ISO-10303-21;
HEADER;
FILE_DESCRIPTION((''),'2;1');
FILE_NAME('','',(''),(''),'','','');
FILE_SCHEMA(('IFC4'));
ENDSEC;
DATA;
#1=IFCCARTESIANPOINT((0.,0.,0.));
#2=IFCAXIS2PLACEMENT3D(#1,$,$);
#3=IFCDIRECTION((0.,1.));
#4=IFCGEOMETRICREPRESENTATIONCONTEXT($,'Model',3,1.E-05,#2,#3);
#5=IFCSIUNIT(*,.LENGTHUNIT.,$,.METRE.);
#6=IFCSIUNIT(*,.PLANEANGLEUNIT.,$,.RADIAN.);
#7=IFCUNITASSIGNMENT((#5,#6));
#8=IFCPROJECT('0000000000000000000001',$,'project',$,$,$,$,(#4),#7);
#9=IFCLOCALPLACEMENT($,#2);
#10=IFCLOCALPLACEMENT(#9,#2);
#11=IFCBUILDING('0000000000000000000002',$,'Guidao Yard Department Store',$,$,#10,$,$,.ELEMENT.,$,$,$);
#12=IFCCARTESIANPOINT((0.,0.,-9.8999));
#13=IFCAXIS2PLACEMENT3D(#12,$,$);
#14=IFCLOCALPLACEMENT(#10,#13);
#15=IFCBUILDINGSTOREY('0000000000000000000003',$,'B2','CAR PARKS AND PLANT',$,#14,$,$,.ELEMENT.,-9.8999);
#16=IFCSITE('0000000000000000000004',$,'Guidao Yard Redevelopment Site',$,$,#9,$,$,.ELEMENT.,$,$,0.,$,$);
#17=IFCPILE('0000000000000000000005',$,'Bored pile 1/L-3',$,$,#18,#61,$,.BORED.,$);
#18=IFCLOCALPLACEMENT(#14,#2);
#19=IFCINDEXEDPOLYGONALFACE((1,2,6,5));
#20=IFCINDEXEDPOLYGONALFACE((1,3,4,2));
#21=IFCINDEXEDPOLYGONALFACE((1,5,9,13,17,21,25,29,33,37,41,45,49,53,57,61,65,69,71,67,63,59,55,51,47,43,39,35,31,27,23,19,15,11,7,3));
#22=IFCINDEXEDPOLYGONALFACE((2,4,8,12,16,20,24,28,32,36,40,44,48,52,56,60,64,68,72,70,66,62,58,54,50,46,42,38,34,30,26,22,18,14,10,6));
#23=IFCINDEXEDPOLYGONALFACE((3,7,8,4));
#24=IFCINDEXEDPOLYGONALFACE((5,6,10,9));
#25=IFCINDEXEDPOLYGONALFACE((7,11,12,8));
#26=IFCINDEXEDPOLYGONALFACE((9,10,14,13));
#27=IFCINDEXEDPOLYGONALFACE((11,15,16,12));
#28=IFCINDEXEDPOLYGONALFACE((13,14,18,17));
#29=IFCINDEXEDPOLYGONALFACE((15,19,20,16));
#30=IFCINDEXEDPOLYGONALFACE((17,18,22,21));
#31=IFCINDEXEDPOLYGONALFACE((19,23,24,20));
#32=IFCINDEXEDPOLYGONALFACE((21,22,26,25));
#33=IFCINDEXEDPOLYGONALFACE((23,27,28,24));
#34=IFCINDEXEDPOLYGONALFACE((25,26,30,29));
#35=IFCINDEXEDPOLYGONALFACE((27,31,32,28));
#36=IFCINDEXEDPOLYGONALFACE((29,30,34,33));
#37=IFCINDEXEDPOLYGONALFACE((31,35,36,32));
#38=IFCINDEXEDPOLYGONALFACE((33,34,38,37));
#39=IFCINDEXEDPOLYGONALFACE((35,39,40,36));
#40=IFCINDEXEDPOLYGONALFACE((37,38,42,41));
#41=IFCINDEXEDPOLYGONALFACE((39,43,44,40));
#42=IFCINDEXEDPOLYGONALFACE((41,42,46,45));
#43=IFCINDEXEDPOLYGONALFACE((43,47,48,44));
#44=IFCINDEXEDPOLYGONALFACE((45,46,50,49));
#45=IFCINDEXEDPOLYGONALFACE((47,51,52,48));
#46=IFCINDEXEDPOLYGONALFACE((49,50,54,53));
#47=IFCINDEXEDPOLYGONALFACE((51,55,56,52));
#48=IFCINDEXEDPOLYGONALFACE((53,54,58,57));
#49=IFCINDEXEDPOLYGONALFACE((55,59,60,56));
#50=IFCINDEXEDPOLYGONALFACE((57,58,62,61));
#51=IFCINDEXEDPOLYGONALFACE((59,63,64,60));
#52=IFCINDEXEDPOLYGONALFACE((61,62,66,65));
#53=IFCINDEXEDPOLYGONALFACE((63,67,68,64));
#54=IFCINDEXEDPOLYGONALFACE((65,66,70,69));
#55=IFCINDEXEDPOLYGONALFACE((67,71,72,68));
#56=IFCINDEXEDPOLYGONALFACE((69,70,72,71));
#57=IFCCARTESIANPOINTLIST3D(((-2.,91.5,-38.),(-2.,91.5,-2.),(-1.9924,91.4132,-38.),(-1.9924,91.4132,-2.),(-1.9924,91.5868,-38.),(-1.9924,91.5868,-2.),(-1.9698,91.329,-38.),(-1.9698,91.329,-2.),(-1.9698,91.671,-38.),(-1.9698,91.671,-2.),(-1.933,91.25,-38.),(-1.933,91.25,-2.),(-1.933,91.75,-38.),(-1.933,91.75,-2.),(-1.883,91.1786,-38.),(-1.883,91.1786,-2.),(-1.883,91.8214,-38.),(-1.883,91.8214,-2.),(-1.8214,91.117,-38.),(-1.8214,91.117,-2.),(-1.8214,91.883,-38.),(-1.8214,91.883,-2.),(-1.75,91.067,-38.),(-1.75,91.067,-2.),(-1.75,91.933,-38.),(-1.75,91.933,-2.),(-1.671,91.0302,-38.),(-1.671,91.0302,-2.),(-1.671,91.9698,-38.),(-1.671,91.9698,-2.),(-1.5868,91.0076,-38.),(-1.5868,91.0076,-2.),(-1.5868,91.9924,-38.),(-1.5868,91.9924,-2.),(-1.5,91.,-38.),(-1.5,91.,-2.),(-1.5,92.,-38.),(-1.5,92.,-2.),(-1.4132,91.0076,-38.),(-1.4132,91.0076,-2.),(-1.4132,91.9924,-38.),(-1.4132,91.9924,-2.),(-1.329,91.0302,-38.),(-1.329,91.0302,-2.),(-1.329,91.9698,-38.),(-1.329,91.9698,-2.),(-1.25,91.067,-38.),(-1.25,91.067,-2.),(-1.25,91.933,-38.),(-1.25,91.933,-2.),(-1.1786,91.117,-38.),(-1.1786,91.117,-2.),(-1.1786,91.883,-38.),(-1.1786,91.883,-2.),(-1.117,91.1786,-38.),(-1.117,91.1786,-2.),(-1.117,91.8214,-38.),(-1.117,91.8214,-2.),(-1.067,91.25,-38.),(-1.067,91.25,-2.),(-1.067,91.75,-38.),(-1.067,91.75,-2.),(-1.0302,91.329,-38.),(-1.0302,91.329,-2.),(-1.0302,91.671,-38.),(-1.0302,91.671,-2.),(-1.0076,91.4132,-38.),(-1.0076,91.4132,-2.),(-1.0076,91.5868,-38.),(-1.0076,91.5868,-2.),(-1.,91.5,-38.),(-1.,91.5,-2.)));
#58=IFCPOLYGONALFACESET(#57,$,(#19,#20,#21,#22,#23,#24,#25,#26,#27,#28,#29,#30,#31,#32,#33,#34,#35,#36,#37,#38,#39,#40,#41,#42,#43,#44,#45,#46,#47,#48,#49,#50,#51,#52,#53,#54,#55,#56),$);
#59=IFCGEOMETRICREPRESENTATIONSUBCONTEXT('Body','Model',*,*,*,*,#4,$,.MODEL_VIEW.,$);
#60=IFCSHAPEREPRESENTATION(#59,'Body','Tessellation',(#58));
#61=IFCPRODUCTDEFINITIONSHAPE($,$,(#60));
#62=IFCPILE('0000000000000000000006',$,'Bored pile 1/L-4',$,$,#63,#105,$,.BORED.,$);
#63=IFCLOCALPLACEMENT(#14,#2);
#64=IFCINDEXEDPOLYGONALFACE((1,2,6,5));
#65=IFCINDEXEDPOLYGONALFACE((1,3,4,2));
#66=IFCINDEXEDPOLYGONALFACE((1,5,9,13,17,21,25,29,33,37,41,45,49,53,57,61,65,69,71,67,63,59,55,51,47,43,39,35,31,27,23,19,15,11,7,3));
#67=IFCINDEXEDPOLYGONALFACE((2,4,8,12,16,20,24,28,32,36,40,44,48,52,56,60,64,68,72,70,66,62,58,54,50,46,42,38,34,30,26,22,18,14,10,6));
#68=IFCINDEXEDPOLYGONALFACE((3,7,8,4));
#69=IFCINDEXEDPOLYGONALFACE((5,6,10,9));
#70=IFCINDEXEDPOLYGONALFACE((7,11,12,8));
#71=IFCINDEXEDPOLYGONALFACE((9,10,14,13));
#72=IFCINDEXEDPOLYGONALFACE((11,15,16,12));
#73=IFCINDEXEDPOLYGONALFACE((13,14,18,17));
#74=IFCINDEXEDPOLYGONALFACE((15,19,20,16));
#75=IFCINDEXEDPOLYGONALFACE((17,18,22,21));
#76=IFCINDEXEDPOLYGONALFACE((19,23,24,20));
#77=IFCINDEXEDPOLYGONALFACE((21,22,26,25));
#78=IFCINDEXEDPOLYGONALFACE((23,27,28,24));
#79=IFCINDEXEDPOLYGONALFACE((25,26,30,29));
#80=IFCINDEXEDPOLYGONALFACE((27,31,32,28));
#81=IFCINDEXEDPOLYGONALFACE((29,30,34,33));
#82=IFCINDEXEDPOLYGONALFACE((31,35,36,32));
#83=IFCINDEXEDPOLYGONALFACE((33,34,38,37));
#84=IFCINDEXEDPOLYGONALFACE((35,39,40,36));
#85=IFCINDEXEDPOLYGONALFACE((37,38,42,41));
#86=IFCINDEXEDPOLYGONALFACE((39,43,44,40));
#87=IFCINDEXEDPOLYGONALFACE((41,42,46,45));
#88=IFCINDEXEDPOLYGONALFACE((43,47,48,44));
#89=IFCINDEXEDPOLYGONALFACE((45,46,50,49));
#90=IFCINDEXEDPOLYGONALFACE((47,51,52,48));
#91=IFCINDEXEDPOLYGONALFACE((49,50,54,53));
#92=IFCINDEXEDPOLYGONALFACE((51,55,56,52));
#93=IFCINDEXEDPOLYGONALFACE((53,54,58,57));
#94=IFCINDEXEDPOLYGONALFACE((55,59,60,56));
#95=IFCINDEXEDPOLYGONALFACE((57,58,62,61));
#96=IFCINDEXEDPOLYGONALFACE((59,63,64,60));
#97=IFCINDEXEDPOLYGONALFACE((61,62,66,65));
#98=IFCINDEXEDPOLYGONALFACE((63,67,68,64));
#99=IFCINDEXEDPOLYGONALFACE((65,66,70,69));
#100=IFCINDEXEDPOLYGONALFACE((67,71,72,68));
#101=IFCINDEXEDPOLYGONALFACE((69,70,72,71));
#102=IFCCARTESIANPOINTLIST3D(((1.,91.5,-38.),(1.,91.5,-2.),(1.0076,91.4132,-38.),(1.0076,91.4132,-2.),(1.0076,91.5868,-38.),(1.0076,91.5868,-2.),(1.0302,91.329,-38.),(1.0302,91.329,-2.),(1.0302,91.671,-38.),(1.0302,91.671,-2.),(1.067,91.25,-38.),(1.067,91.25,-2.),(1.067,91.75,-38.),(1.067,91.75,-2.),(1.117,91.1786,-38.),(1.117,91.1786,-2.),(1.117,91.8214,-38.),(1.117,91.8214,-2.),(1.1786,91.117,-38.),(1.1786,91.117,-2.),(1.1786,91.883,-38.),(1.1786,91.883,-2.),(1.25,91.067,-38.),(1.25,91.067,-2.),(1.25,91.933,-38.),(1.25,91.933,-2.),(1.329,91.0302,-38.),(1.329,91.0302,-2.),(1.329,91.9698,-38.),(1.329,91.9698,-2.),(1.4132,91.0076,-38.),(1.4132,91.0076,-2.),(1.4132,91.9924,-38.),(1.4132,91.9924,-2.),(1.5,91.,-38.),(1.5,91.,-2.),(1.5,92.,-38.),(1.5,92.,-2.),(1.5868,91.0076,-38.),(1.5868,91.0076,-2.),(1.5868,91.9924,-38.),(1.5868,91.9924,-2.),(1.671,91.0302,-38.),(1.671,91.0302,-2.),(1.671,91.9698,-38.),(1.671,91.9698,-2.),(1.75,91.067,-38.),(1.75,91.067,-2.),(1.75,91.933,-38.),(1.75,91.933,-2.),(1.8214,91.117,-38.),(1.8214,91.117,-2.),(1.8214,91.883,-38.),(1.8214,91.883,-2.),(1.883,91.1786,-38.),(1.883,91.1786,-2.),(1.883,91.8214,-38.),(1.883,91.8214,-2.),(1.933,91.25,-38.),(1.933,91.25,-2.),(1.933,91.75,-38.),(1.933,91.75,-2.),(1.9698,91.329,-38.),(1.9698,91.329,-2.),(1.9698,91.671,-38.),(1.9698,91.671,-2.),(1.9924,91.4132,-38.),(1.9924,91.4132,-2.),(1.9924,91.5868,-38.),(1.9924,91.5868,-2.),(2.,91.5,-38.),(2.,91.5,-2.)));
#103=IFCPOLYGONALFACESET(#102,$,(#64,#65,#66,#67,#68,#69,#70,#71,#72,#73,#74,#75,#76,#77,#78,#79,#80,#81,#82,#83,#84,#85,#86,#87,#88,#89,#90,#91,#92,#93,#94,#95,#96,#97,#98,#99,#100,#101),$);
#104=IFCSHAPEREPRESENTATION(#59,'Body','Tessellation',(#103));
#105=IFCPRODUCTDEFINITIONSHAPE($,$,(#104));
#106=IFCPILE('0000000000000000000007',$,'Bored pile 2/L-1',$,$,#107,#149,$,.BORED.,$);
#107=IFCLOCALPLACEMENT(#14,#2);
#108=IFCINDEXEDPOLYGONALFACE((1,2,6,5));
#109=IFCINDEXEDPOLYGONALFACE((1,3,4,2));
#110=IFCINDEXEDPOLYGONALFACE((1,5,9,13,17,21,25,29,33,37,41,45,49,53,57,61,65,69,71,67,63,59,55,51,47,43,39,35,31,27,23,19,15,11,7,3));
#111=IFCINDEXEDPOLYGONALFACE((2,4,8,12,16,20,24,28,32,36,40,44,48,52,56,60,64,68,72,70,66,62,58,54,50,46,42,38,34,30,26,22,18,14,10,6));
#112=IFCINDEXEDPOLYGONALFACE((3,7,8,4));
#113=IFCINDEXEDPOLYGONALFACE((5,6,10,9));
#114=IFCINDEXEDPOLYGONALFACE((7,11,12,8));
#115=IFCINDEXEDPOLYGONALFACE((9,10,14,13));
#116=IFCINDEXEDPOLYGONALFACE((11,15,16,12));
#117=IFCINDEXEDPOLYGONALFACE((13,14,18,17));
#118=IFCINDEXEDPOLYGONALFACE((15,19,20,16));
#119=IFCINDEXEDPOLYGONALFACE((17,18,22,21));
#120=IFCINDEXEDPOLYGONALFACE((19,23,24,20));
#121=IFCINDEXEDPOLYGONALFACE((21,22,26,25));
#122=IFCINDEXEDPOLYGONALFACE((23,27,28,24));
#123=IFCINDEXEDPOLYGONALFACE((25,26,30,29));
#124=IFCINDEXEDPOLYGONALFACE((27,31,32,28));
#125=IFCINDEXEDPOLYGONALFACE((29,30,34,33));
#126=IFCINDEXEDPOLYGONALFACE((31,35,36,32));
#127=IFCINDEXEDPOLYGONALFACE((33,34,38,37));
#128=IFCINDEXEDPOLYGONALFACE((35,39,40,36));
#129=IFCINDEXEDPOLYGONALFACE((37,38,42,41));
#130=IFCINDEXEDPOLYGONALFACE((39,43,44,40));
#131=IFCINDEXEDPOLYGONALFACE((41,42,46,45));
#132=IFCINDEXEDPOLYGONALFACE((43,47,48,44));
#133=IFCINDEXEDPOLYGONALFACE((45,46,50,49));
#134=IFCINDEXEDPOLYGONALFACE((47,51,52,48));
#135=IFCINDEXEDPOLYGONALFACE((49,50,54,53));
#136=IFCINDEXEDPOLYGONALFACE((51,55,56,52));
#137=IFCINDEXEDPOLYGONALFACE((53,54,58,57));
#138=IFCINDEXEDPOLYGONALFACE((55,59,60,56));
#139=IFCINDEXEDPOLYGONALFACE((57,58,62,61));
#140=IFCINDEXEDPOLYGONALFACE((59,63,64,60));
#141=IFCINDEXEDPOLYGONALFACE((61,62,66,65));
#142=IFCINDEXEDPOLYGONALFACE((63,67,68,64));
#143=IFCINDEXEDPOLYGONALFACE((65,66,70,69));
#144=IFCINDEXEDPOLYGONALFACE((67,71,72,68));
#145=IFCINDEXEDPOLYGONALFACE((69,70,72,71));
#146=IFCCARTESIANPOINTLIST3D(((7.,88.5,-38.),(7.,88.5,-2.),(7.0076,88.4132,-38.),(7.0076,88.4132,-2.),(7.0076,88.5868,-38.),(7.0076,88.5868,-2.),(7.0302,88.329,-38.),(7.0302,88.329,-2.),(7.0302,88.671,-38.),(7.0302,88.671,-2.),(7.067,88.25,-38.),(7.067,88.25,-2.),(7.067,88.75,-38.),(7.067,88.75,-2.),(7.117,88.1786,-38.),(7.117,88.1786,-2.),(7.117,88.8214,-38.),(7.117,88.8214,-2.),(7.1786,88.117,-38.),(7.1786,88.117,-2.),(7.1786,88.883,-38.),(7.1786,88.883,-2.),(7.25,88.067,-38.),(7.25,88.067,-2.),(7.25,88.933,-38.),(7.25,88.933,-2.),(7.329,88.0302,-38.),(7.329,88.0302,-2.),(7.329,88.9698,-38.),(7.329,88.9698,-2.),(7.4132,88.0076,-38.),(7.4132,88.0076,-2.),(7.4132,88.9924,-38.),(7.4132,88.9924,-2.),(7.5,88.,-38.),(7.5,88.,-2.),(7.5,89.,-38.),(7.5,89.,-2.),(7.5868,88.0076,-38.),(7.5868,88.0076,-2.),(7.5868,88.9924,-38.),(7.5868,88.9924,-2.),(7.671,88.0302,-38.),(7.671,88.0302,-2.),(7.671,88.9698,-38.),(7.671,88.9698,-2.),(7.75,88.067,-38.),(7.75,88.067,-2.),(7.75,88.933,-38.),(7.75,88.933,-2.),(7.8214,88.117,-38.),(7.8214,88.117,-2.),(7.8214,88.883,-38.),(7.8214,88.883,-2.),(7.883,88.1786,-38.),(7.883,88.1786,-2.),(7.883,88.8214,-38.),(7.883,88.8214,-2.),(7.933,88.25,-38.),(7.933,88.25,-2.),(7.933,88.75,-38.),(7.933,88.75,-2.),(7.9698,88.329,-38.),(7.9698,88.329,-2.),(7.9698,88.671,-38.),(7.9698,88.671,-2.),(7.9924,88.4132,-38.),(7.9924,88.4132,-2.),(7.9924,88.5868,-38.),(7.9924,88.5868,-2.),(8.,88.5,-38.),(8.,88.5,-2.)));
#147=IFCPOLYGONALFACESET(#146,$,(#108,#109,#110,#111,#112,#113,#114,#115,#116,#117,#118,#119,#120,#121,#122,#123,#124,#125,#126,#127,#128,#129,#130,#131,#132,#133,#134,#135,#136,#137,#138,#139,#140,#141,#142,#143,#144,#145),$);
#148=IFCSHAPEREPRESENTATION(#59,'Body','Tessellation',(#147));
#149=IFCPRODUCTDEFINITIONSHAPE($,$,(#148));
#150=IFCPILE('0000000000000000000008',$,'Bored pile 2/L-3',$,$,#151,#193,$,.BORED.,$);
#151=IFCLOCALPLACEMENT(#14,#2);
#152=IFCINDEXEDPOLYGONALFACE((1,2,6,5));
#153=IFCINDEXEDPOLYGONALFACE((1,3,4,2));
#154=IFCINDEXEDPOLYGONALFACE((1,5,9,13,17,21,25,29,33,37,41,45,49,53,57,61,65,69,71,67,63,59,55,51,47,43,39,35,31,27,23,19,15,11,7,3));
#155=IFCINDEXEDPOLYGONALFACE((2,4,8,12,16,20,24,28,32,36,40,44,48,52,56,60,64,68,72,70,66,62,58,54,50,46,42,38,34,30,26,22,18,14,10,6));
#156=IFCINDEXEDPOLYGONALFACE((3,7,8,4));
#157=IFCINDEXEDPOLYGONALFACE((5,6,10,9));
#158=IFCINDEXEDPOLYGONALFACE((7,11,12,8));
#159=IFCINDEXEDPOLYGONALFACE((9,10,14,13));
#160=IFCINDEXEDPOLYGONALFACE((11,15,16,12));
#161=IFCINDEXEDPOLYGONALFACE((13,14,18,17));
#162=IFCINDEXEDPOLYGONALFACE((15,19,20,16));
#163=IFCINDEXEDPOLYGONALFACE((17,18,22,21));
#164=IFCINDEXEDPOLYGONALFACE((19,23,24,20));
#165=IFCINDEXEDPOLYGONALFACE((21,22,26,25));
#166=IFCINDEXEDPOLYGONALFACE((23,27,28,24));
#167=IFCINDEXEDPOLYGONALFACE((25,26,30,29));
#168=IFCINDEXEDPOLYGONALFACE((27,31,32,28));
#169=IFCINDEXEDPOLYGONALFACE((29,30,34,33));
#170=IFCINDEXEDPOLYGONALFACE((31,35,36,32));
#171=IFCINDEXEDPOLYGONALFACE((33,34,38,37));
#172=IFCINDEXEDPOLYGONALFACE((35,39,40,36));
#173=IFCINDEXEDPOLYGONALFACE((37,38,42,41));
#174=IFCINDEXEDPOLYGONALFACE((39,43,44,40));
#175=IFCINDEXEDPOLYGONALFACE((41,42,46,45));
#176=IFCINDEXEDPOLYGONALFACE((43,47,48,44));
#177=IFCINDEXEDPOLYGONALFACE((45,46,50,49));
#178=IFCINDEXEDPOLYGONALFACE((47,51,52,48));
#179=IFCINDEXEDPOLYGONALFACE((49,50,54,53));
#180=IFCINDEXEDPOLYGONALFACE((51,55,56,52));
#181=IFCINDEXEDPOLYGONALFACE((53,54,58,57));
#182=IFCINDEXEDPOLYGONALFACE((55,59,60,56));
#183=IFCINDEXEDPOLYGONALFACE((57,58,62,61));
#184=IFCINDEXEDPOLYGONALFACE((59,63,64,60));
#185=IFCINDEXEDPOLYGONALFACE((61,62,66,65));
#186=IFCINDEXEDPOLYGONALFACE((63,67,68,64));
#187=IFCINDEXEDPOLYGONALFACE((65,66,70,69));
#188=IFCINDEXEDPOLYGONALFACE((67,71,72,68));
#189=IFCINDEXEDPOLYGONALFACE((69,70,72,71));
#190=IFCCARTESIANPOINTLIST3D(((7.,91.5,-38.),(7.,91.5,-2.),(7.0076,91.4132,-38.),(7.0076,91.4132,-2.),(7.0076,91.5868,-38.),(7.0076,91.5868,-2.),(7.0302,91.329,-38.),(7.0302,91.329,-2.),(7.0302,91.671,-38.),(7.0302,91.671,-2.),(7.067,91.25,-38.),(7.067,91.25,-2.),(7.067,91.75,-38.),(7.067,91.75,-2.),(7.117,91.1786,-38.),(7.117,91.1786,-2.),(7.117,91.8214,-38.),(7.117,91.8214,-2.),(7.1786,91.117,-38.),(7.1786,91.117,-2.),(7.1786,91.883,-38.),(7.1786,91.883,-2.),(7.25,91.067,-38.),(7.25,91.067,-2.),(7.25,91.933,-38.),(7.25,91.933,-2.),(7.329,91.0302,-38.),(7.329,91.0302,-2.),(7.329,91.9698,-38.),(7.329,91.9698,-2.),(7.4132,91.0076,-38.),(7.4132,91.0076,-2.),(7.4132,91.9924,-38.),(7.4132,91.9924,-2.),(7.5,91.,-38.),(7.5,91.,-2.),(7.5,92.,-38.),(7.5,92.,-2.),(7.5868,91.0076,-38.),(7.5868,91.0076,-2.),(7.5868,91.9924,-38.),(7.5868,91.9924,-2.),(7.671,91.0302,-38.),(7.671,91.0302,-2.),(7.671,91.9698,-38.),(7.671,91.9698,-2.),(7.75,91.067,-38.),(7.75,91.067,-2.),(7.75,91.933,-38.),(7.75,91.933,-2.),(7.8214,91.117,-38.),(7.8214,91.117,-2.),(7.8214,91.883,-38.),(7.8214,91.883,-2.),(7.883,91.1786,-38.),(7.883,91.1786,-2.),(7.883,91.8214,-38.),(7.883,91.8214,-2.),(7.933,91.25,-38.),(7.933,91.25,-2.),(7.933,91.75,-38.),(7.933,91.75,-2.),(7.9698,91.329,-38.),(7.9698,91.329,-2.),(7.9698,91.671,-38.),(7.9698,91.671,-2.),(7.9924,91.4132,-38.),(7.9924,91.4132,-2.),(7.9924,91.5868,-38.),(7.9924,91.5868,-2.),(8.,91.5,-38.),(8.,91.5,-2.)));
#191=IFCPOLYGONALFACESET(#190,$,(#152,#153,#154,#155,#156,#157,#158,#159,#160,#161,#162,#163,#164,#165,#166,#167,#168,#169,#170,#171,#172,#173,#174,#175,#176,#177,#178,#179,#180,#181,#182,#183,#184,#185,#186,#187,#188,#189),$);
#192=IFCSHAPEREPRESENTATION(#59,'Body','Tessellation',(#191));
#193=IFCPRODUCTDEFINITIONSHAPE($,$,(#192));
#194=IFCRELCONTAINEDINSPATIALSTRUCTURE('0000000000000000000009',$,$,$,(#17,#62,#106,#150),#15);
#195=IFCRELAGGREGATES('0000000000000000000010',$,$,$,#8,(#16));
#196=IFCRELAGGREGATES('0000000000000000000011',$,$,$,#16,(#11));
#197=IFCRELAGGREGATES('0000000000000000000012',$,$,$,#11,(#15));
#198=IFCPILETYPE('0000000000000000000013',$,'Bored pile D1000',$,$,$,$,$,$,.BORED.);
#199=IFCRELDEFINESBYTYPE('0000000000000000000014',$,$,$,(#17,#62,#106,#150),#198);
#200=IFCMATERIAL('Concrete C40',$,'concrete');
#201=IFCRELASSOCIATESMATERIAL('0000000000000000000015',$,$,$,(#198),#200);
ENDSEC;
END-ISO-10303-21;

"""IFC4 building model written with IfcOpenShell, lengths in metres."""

from ifc_helpers import new_model, si_unit, direction, frame, origin, origin_2d, place, context, subcontext, project, spatial, circle, extrude, material, material_profile, profile_set, type_object, element, save


model = new_model("IFC4")

# Units and contexts
model_context = context("Model", 3, precision=1e-05, world=origin(), true_north=direction((0.0, 1.0)))
body_context = subcontext(model_context, "Body", "Model", "MODEL_VIEW")
ifc_project = project(units=[si_unit("LENGTHUNIT", "METRE"), si_unit("PLANEANGLEUNIT", "RADIAN")], contexts=[model_context])

# Site, building, storey
site_placement = place(None, origin())
site = spatial("IfcSite", under=ifc_project, at=site_placement, Name="Guidao Yard Redevelopment Site", CompositionType="ELEMENT", RefElevation=0.0)
building_placement = place(site_placement, origin())
building = spatial("IfcBuilding", under=site, at=building_placement, Name="Guidao Yard Department Store", CompositionType="ELEMENT")
storey_placement = place(building_placement, frame((0.0, 0.0, -9.8999)))
storey = spatial("IfcBuildingStorey", under=building, at=storey_placement, Name="B2", Description="CAR PARKS AND PLANT", CompositionType="ELEMENT", Elevation=-9.8999)

# Piles
ifc_material_1 = material(Name="Concrete C40", Category="concrete")
ifc_material_profile_1 = material_profile(ifc_material_1, circle(Radius=0.5, at=origin_2d()), Name="Bored pile D1000")
ifc_profile_set_1 = profile_set([ifc_material_profile_1], Name="Concrete C40")
pile_type = type_object("IfcPileType", Name="Bored pile D1000", PredefinedType="BORED", material=ifc_profile_set_1)
for number, where, z_axis, x_axis, name in (
    (1, (-1.5, 91.5, -2.0), (0.0, 0.0, -1.0), (1.0, 0.0, 0.0), "Bored pile 1/L-3"),
    (2, (1.5, 91.5, -2.0), (0.0, 0.0, -1.0), (1.0, 0.0, 0.0), "Bored pile 1/L-4"),
    (3, (7.5, 88.5, -2.0), (0.0, 0.0, -1.0), (1.0, 0.0, 0.0), "Bored pile 2/L-1"),
    (4, (7.5, 91.5, -2.0), (0.0, 0.0, -1.0), (1.0, 0.0, 0.0), "Bored pile 2/L-3"),
):
    element("IfcPile", number, at=place(storey_placement, frame(where, z_axis=z_axis, x_axis=x_axis)), inside=storey, type_object=pile_type, Name=name, PredefinedType="BORED", context=body_context, shape_type="SweptSolid", body=[
        extrude(circle(Radius=0.5, at=origin_2d()), origin(), (0.0, 0.0, 1.0), 36.0),
    ])

save(model, "model.ifc")
